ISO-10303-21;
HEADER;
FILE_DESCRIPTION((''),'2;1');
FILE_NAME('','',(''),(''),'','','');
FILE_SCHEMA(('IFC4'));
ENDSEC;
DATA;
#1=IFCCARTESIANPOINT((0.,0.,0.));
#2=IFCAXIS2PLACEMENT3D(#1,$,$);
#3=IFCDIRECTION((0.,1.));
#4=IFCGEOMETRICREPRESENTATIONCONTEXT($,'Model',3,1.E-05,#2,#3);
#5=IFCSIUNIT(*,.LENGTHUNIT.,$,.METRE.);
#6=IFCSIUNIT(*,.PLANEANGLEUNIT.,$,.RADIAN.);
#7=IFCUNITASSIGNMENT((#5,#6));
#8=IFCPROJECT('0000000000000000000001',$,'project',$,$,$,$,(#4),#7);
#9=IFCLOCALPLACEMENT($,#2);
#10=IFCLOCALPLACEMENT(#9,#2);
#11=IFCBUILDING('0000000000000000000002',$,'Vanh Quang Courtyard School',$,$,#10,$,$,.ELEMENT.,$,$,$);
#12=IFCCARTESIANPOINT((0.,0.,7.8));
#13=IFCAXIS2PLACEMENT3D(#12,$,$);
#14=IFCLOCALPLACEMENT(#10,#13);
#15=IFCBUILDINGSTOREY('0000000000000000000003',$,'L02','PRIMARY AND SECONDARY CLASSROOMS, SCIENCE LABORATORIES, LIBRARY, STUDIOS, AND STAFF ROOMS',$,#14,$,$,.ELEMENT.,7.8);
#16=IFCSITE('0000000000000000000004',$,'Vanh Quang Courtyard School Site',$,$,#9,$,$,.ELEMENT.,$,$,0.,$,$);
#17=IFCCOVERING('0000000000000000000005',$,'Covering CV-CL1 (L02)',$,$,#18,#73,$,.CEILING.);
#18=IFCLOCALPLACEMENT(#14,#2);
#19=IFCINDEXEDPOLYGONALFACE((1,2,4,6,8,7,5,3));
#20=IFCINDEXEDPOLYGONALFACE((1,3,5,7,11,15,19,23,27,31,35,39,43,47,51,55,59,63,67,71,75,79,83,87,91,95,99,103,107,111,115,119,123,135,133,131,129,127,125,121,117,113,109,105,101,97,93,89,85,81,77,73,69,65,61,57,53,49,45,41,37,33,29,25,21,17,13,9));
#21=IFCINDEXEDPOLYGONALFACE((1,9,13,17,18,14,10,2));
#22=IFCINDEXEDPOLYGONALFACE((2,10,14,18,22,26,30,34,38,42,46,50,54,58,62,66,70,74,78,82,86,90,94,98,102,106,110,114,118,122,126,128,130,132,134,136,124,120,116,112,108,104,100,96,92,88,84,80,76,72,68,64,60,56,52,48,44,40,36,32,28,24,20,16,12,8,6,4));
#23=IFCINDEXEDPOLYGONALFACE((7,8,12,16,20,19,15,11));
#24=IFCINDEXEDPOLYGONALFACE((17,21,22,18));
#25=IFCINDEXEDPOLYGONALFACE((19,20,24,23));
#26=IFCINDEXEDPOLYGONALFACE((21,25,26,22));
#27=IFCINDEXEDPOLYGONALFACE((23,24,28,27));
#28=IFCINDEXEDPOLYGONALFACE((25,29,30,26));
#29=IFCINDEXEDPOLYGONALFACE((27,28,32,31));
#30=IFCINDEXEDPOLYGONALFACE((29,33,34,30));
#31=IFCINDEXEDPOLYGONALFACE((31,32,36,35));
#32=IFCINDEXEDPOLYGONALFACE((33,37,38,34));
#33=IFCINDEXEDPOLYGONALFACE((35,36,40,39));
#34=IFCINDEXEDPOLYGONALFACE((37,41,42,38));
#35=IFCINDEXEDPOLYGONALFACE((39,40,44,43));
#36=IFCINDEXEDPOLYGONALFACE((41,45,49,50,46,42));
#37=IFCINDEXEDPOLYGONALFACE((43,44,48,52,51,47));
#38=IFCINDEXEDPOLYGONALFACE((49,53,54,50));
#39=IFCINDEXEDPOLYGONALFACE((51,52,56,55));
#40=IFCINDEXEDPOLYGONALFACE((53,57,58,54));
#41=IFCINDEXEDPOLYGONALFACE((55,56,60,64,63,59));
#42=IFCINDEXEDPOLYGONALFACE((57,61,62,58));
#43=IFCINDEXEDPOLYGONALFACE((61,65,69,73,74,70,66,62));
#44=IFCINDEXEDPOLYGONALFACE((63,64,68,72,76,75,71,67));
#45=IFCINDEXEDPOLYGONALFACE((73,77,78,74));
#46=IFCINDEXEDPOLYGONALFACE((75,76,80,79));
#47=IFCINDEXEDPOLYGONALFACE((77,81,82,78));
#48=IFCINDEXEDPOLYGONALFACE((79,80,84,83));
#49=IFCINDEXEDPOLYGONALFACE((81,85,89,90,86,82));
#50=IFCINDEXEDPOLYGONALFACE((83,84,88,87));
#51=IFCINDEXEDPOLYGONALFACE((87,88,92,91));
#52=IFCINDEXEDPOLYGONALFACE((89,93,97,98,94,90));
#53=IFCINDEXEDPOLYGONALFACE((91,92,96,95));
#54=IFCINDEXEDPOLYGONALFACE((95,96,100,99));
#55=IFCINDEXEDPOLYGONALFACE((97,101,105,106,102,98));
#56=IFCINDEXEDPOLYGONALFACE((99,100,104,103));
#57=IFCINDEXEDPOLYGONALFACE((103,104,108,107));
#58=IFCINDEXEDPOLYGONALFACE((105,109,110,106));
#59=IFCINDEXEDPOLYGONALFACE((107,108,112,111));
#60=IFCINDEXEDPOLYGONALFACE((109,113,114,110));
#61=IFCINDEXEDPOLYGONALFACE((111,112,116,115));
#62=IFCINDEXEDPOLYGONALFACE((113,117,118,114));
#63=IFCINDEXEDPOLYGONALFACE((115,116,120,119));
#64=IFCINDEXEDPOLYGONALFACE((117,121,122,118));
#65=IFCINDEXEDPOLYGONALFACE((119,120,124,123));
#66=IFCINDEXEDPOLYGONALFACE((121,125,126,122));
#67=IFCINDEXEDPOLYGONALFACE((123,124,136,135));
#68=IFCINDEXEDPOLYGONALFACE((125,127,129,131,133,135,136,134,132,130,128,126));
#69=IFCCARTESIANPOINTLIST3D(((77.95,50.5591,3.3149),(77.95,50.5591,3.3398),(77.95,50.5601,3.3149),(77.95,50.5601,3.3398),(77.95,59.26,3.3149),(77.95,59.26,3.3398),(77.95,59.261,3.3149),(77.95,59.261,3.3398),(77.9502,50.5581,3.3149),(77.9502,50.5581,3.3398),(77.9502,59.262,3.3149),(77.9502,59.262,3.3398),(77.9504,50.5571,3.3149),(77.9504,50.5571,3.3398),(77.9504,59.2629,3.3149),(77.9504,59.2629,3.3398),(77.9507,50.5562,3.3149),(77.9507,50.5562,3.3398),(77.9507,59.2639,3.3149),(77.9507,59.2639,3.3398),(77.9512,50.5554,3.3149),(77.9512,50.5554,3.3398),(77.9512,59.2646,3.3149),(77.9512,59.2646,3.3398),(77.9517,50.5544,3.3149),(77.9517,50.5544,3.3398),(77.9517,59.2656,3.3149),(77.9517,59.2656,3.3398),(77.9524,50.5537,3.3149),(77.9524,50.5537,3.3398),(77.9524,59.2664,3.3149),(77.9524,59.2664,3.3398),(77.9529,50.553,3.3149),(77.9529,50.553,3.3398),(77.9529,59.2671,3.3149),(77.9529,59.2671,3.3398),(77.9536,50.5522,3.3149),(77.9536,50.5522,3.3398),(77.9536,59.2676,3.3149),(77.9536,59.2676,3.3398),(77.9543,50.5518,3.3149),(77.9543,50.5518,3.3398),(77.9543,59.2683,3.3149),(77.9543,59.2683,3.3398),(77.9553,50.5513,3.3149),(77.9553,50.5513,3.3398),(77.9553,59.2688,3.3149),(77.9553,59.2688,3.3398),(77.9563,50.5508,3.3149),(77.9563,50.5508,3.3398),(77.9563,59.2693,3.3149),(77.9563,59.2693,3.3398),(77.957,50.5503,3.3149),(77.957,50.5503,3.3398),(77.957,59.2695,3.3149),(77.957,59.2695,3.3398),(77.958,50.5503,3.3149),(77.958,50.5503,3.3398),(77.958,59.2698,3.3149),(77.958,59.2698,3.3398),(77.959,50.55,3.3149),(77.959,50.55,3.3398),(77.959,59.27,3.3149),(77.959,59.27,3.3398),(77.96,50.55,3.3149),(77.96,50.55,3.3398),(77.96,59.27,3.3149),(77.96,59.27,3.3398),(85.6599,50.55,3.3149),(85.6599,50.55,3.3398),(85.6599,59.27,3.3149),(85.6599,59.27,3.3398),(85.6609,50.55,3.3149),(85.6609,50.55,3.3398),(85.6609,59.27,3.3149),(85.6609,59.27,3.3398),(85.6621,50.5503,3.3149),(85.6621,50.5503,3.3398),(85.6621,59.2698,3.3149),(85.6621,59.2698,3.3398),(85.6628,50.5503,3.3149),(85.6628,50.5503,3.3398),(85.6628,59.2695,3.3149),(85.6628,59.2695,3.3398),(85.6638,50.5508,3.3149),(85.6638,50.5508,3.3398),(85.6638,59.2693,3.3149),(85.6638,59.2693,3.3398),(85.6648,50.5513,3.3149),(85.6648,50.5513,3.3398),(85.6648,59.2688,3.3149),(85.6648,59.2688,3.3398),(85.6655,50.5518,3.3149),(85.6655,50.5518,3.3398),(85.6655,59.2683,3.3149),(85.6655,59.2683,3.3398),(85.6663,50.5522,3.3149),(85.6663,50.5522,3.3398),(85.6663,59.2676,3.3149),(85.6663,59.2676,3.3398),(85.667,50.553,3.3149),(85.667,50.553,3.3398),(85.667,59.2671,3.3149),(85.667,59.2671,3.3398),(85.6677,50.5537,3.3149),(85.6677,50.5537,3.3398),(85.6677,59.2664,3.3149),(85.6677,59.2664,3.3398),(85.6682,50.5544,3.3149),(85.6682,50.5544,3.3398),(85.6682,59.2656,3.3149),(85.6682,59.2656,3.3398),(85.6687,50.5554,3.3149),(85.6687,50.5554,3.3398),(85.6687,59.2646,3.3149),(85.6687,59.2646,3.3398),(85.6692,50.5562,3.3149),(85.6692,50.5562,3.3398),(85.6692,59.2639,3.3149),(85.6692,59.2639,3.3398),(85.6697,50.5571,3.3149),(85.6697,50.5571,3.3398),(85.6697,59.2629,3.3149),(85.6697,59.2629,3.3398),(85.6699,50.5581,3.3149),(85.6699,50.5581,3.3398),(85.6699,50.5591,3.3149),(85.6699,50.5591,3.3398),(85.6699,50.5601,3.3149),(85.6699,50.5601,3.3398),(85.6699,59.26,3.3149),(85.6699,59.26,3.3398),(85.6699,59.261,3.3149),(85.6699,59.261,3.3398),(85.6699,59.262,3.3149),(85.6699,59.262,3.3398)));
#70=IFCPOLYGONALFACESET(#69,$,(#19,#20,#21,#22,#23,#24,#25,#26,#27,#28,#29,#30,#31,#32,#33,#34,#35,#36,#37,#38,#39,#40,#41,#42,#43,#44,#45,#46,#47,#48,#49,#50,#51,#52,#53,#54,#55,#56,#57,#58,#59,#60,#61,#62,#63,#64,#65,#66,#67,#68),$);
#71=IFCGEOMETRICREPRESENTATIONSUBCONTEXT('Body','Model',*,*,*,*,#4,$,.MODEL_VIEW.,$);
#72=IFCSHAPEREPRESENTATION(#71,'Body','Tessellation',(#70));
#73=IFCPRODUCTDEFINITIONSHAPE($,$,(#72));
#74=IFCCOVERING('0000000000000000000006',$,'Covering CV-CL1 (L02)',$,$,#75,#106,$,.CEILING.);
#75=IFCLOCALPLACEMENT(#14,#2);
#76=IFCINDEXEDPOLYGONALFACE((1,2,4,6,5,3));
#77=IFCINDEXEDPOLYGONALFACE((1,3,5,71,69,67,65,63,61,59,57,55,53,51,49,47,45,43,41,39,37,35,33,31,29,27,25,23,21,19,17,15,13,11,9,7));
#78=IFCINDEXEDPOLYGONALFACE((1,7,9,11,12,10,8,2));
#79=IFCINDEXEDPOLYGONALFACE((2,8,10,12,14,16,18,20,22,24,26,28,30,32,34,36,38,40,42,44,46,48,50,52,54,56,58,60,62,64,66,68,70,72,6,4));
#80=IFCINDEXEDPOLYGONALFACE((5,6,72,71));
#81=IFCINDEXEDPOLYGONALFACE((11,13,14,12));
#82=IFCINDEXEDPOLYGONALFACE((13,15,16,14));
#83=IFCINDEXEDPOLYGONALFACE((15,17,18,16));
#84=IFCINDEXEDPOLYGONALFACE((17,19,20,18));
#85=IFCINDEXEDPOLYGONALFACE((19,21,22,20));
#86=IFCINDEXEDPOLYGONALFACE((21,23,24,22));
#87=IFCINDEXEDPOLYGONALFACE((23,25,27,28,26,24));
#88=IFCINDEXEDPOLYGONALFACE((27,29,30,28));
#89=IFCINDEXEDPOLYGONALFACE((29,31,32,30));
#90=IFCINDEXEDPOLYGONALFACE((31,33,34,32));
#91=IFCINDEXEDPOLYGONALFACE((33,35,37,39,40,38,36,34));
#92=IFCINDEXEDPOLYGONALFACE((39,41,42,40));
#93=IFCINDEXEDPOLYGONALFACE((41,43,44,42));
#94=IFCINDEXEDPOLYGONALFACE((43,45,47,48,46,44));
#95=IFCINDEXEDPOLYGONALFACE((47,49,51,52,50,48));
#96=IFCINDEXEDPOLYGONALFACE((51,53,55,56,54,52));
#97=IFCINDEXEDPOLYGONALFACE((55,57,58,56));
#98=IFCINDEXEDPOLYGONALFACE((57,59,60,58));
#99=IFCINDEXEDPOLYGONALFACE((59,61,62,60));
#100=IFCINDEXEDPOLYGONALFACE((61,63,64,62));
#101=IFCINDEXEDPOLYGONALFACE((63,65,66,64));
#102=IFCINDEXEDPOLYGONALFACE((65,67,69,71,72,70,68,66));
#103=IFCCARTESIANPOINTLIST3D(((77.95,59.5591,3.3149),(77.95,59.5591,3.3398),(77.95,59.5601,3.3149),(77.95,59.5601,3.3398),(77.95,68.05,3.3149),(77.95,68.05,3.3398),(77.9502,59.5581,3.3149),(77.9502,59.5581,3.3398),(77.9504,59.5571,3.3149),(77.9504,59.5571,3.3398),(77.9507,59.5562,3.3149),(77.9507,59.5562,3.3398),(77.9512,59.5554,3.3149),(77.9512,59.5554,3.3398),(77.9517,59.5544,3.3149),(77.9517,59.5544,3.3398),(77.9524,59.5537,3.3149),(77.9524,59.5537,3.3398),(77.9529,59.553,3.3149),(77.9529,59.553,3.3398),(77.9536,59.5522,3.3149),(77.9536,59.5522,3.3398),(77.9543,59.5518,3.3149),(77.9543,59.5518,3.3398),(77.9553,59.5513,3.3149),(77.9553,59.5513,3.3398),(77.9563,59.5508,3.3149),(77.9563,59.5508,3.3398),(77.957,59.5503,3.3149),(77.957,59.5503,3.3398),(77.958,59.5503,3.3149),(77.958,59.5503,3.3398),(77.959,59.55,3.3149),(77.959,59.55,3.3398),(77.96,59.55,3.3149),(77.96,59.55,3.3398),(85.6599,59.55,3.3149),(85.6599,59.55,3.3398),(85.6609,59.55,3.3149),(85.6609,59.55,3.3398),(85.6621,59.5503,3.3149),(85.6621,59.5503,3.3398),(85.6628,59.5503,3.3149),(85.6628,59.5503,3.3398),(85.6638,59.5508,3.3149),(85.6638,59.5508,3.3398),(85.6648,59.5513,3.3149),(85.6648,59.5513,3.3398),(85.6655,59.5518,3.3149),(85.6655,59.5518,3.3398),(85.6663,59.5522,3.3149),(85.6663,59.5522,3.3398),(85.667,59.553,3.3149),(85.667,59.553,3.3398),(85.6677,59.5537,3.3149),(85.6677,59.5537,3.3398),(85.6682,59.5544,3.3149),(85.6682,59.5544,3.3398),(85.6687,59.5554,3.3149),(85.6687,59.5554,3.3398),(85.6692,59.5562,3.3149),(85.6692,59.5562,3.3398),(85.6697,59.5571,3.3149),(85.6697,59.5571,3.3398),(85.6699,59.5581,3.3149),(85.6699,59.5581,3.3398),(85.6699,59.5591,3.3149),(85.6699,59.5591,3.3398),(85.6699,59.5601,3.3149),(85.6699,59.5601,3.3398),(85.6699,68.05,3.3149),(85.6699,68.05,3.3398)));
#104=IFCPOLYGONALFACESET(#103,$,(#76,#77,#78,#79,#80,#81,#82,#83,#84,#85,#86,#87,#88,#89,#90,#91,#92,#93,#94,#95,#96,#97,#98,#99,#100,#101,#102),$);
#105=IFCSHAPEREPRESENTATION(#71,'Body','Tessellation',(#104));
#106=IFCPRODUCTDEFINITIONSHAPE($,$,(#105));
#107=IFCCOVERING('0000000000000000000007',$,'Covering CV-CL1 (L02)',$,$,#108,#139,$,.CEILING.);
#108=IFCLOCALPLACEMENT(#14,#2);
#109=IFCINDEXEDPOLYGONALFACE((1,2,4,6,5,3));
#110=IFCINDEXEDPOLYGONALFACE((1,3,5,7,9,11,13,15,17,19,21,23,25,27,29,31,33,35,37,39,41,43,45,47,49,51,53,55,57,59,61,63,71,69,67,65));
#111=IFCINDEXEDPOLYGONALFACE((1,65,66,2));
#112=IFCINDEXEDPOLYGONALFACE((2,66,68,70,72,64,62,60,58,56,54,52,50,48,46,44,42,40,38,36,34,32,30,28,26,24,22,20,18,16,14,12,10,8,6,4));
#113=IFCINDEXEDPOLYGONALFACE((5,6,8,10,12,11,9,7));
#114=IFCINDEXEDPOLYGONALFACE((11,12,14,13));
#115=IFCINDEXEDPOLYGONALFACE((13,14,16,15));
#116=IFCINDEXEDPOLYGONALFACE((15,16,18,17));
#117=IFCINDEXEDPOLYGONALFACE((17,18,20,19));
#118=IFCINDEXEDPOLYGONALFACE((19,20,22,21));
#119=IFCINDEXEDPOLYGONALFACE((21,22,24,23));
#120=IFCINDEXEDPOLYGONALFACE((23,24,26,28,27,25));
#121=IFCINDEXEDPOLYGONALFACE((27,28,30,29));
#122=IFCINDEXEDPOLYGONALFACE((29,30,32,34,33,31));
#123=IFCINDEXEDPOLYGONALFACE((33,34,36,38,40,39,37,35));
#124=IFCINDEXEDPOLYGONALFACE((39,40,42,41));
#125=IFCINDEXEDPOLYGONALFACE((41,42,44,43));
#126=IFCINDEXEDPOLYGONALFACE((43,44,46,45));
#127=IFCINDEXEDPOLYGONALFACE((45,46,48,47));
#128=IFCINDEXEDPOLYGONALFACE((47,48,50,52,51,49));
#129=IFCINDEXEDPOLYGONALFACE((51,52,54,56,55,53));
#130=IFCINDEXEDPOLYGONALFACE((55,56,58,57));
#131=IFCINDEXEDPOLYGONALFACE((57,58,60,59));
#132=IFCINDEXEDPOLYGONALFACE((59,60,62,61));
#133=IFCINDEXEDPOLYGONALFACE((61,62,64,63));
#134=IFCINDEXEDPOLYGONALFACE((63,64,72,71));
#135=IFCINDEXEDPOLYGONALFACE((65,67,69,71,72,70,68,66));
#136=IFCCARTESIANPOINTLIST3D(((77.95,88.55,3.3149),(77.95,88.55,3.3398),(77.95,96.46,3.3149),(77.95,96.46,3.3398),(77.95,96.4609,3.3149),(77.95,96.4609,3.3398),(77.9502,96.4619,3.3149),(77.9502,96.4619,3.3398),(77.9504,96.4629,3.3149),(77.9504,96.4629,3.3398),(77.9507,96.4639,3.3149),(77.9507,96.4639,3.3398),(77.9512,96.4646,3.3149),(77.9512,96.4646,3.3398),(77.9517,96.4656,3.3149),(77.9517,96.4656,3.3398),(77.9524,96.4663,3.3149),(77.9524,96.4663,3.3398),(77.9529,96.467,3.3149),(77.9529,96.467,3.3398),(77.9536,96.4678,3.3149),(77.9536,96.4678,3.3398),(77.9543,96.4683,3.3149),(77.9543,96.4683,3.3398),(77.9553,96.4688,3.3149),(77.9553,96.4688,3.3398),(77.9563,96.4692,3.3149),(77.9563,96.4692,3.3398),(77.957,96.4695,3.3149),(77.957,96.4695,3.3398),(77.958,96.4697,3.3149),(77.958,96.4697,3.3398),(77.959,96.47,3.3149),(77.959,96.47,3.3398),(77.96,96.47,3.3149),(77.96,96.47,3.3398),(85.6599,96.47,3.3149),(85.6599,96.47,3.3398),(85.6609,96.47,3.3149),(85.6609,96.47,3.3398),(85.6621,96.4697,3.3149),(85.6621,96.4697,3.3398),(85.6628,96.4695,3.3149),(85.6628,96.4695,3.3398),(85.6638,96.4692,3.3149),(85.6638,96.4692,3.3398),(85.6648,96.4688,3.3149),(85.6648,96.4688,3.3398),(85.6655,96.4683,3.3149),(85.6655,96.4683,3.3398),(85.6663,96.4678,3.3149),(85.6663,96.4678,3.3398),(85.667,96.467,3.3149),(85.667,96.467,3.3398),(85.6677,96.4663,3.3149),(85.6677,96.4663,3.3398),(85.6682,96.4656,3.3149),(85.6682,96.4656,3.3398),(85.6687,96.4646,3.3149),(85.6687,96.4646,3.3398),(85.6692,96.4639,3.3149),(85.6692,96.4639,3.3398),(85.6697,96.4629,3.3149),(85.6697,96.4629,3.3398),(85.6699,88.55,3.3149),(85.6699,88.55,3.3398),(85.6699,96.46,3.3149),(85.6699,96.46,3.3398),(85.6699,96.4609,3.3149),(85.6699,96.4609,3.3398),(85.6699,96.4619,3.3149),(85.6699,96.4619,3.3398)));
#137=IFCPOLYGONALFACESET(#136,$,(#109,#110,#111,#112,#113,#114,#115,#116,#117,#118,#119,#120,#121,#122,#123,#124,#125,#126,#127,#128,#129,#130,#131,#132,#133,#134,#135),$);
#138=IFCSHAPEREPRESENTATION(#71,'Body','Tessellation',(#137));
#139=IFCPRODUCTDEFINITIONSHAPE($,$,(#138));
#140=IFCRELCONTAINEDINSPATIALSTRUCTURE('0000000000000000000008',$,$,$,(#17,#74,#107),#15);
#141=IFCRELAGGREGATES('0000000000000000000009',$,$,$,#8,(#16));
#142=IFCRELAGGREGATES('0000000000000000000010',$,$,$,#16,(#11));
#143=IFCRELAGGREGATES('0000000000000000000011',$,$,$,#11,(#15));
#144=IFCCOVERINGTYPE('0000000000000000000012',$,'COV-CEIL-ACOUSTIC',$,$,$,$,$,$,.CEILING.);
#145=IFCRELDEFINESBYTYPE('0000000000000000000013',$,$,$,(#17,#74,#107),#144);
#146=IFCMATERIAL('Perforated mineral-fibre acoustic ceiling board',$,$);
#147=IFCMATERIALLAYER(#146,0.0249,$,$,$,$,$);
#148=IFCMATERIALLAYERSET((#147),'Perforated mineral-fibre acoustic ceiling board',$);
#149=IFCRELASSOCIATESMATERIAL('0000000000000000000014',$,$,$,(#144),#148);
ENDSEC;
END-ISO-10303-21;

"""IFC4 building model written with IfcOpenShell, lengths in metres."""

from ifc_helpers import new_model, si_unit, direction, frame, origin, place, context, subcontext, project, spatial, polyline, outline, extrude, material, layer, layer_set, type_object, element, save


model = new_model("IFC4")

# Units and contexts
model_context = context("Model", 3, precision=1e-05, world=origin(), true_north=direction((0.0, 1.0)))
body_context = subcontext(model_context, "Body", "Model", "MODEL_VIEW")
ifc_project = project(units=[si_unit("LENGTHUNIT", "METRE"), si_unit("PLANEANGLEUNIT", "RADIAN")], contexts=[model_context])

# Site, building, storey
site_placement = place(None, origin())
site = spatial("IfcSite", under=ifc_project, at=site_placement, Name="Vanh Quang Courtyard School Site", CompositionType="ELEMENT", RefElevation=0.0)
building_placement = place(site_placement, origin())
building = spatial("IfcBuilding", under=site, at=building_placement, Name="Vanh Quang Courtyard School", CompositionType="ELEMENT")
storey_placement = place(building_placement, frame((0.0, 0.0, 7.8)))
storey = spatial("IfcBuildingStorey", under=building, at=storey_placement, Name="L02", Description="PRIMARY AND SECONDARY CLASSROOMS, SCIENCE LABORATORIES, LIBRARY, STUDIOS, AND STAFF ROOMS", CompositionType="ELEMENT", Elevation=7.8)

# Coverings
ifc_material_1 = material(Name="Perforated mineral-fibre acoustic ceiling board")
ifc_layer_1 = layer(ifc_material_1, 0.0249)
ifc_layer_set_1 = layer_set([ifc_layer_1], Name="Perforated mineral-fibre acoustic ceiling board")
covering_type_1 = type_object("IfcCoveringType", Name="COV-CEIL-ACOUSTIC", PredefinedType="CEILING", material=ifc_layer_set_1)
covering_1_placement = place(storey_placement, frame((0.0, 0.0, 3.3149)))
element("IfcCovering", 1, at=covering_1_placement, inside=storey, type_object=covering_type_1, Name="Covering CV-CL1 (L02)", PredefinedType="CEILING", context=body_context, shape_type="SweptSolid", body=[
    extrude(outline(polyline([(77.96, 50.55), (77.959, 50.55), (77.958, 50.5503), (77.957, 50.5503), (77.9563, 50.5508), (77.9553, 50.5513), (77.9543, 50.5518), (77.9536, 50.5522), (77.9529, 50.553), (77.9524, 50.5537), (77.9517, 50.5544), (77.9512, 50.5554), (77.9507, 50.5562), (77.9504, 50.5571), (77.9502, 50.5581), (77.95, 50.5591), (77.95, 50.5601), (77.95, 59.26), (77.95, 59.261), (77.9502, 59.262), (77.9504, 59.2629), (77.9507, 59.2639), (77.9512, 59.2646), (77.9517, 59.2656), (77.9524, 59.2664), (77.9529, 59.2671), (77.9536, 59.2676), (77.9543, 59.2683), (77.9553, 59.2688), (77.9563, 59.2693), (77.957, 59.2695), (77.958, 59.2698), (77.959, 59.27), (77.96, 59.27), (85.6599, 59.27), (85.6609, 59.27), (85.6621, 59.2698), (85.6628, 59.2695), (85.6638, 59.2693), (85.6648, 59.2688), (85.6655, 59.2683), (85.6663, 59.2676), (85.667, 59.2671), (85.6677, 59.2664), (85.6682, 59.2656), (85.6687, 59.2646), (85.6692, 59.2639), (85.6697, 59.2629), (85.6699, 59.262), (85.6699, 59.261), (85.6699, 59.26), (85.6699, 50.5601), (85.6699, 50.5591), (85.6699, 50.5581), (85.6697, 50.5571), (85.6692, 50.5562), (85.6687, 50.5554), (85.6682, 50.5544), (85.6677, 50.5537), (85.667, 50.553), (85.6663, 50.5522), (85.6655, 50.5518), (85.6648, 50.5513), (85.6638, 50.5508), (85.6628, 50.5503), (85.6621, 50.5503), (85.6609, 50.55), (85.6599, 50.55), (77.96, 50.55)])), origin(), (0.0, 0.0, 1.0), 0.0249),
])
covering_2_placement = place(storey_placement, frame((0.0, 0.0, 3.3149)))
element("IfcCovering", 2, at=covering_2_placement, inside=storey, type_object=covering_type_1, Name="Covering CV-CL1 (L02)", PredefinedType="CEILING", context=body_context, shape_type="SweptSolid", body=[
    extrude(outline(polyline([(77.96, 59.55), (77.959, 59.55), (77.958, 59.5503), (77.957, 59.5503), (77.9563, 59.5508), (77.9553, 59.5513), (77.9543, 59.5518), (77.9536, 59.5522), (77.9529, 59.553), (77.9524, 59.5537), (77.9517, 59.5544), (77.9512, 59.5554), (77.9507, 59.5562), (77.9504, 59.5571), (77.9502, 59.5581), (77.95, 59.5591), (77.95, 59.5601), (77.95, 68.05), (85.6699, 68.05), (85.6699, 59.5601), (85.6699, 59.5591), (85.6699, 59.5581), (85.6697, 59.5571), (85.6692, 59.5562), (85.6687, 59.5554), (85.6682, 59.5544), (85.6677, 59.5537), (85.667, 59.553), (85.6663, 59.5522), (85.6655, 59.5518), (85.6648, 59.5513), (85.6638, 59.5508), (85.6628, 59.5503), (85.6621, 59.5503), (85.6609, 59.55), (85.6599, 59.55), (77.96, 59.55)])), origin(), (0.0, 0.0, 1.0), 0.0249),
])
covering_3_placement = place(storey_placement, frame((0.0, 0.0, 3.3149)))
element("IfcCovering", 3, at=covering_3_placement, inside=storey, type_object=covering_type_1, Name="Covering CV-CL1 (L02)", PredefinedType="CEILING", context=body_context, shape_type="SweptSolid", body=[
    extrude(outline(polyline([(77.95, 96.46), (77.95, 96.4609), (77.9502, 96.4619), (77.9504, 96.4629), (77.9507, 96.4639), (77.9512, 96.4646), (77.9517, 96.4656), (77.9524, 96.4663), (77.9529, 96.467), (77.9536, 96.4678), (77.9543, 96.4683), (77.9553, 96.4688), (77.9563, 96.4692), (77.957, 96.4695), (77.958, 96.4697), (77.959, 96.47), (77.96, 96.47), (85.6599, 96.47), (85.6609, 96.47), (85.6621, 96.4697), (85.6628, 96.4695), (85.6638, 96.4692), (85.6648, 96.4688), (85.6655, 96.4683), (85.6663, 96.4678), (85.667, 96.467), (85.6677, 96.4663), (85.6682, 96.4656), (85.6687, 96.4646), (85.6692, 96.4639), (85.6697, 96.4629), (85.6699, 96.4619), (85.6699, 96.4609), (85.6699, 96.46), (85.6699, 88.55), (77.95, 88.55), (77.95, 96.46)])), origin(), (0.0, 0.0, 1.0), 0.0249),
])

save(model, "model.ifc")
